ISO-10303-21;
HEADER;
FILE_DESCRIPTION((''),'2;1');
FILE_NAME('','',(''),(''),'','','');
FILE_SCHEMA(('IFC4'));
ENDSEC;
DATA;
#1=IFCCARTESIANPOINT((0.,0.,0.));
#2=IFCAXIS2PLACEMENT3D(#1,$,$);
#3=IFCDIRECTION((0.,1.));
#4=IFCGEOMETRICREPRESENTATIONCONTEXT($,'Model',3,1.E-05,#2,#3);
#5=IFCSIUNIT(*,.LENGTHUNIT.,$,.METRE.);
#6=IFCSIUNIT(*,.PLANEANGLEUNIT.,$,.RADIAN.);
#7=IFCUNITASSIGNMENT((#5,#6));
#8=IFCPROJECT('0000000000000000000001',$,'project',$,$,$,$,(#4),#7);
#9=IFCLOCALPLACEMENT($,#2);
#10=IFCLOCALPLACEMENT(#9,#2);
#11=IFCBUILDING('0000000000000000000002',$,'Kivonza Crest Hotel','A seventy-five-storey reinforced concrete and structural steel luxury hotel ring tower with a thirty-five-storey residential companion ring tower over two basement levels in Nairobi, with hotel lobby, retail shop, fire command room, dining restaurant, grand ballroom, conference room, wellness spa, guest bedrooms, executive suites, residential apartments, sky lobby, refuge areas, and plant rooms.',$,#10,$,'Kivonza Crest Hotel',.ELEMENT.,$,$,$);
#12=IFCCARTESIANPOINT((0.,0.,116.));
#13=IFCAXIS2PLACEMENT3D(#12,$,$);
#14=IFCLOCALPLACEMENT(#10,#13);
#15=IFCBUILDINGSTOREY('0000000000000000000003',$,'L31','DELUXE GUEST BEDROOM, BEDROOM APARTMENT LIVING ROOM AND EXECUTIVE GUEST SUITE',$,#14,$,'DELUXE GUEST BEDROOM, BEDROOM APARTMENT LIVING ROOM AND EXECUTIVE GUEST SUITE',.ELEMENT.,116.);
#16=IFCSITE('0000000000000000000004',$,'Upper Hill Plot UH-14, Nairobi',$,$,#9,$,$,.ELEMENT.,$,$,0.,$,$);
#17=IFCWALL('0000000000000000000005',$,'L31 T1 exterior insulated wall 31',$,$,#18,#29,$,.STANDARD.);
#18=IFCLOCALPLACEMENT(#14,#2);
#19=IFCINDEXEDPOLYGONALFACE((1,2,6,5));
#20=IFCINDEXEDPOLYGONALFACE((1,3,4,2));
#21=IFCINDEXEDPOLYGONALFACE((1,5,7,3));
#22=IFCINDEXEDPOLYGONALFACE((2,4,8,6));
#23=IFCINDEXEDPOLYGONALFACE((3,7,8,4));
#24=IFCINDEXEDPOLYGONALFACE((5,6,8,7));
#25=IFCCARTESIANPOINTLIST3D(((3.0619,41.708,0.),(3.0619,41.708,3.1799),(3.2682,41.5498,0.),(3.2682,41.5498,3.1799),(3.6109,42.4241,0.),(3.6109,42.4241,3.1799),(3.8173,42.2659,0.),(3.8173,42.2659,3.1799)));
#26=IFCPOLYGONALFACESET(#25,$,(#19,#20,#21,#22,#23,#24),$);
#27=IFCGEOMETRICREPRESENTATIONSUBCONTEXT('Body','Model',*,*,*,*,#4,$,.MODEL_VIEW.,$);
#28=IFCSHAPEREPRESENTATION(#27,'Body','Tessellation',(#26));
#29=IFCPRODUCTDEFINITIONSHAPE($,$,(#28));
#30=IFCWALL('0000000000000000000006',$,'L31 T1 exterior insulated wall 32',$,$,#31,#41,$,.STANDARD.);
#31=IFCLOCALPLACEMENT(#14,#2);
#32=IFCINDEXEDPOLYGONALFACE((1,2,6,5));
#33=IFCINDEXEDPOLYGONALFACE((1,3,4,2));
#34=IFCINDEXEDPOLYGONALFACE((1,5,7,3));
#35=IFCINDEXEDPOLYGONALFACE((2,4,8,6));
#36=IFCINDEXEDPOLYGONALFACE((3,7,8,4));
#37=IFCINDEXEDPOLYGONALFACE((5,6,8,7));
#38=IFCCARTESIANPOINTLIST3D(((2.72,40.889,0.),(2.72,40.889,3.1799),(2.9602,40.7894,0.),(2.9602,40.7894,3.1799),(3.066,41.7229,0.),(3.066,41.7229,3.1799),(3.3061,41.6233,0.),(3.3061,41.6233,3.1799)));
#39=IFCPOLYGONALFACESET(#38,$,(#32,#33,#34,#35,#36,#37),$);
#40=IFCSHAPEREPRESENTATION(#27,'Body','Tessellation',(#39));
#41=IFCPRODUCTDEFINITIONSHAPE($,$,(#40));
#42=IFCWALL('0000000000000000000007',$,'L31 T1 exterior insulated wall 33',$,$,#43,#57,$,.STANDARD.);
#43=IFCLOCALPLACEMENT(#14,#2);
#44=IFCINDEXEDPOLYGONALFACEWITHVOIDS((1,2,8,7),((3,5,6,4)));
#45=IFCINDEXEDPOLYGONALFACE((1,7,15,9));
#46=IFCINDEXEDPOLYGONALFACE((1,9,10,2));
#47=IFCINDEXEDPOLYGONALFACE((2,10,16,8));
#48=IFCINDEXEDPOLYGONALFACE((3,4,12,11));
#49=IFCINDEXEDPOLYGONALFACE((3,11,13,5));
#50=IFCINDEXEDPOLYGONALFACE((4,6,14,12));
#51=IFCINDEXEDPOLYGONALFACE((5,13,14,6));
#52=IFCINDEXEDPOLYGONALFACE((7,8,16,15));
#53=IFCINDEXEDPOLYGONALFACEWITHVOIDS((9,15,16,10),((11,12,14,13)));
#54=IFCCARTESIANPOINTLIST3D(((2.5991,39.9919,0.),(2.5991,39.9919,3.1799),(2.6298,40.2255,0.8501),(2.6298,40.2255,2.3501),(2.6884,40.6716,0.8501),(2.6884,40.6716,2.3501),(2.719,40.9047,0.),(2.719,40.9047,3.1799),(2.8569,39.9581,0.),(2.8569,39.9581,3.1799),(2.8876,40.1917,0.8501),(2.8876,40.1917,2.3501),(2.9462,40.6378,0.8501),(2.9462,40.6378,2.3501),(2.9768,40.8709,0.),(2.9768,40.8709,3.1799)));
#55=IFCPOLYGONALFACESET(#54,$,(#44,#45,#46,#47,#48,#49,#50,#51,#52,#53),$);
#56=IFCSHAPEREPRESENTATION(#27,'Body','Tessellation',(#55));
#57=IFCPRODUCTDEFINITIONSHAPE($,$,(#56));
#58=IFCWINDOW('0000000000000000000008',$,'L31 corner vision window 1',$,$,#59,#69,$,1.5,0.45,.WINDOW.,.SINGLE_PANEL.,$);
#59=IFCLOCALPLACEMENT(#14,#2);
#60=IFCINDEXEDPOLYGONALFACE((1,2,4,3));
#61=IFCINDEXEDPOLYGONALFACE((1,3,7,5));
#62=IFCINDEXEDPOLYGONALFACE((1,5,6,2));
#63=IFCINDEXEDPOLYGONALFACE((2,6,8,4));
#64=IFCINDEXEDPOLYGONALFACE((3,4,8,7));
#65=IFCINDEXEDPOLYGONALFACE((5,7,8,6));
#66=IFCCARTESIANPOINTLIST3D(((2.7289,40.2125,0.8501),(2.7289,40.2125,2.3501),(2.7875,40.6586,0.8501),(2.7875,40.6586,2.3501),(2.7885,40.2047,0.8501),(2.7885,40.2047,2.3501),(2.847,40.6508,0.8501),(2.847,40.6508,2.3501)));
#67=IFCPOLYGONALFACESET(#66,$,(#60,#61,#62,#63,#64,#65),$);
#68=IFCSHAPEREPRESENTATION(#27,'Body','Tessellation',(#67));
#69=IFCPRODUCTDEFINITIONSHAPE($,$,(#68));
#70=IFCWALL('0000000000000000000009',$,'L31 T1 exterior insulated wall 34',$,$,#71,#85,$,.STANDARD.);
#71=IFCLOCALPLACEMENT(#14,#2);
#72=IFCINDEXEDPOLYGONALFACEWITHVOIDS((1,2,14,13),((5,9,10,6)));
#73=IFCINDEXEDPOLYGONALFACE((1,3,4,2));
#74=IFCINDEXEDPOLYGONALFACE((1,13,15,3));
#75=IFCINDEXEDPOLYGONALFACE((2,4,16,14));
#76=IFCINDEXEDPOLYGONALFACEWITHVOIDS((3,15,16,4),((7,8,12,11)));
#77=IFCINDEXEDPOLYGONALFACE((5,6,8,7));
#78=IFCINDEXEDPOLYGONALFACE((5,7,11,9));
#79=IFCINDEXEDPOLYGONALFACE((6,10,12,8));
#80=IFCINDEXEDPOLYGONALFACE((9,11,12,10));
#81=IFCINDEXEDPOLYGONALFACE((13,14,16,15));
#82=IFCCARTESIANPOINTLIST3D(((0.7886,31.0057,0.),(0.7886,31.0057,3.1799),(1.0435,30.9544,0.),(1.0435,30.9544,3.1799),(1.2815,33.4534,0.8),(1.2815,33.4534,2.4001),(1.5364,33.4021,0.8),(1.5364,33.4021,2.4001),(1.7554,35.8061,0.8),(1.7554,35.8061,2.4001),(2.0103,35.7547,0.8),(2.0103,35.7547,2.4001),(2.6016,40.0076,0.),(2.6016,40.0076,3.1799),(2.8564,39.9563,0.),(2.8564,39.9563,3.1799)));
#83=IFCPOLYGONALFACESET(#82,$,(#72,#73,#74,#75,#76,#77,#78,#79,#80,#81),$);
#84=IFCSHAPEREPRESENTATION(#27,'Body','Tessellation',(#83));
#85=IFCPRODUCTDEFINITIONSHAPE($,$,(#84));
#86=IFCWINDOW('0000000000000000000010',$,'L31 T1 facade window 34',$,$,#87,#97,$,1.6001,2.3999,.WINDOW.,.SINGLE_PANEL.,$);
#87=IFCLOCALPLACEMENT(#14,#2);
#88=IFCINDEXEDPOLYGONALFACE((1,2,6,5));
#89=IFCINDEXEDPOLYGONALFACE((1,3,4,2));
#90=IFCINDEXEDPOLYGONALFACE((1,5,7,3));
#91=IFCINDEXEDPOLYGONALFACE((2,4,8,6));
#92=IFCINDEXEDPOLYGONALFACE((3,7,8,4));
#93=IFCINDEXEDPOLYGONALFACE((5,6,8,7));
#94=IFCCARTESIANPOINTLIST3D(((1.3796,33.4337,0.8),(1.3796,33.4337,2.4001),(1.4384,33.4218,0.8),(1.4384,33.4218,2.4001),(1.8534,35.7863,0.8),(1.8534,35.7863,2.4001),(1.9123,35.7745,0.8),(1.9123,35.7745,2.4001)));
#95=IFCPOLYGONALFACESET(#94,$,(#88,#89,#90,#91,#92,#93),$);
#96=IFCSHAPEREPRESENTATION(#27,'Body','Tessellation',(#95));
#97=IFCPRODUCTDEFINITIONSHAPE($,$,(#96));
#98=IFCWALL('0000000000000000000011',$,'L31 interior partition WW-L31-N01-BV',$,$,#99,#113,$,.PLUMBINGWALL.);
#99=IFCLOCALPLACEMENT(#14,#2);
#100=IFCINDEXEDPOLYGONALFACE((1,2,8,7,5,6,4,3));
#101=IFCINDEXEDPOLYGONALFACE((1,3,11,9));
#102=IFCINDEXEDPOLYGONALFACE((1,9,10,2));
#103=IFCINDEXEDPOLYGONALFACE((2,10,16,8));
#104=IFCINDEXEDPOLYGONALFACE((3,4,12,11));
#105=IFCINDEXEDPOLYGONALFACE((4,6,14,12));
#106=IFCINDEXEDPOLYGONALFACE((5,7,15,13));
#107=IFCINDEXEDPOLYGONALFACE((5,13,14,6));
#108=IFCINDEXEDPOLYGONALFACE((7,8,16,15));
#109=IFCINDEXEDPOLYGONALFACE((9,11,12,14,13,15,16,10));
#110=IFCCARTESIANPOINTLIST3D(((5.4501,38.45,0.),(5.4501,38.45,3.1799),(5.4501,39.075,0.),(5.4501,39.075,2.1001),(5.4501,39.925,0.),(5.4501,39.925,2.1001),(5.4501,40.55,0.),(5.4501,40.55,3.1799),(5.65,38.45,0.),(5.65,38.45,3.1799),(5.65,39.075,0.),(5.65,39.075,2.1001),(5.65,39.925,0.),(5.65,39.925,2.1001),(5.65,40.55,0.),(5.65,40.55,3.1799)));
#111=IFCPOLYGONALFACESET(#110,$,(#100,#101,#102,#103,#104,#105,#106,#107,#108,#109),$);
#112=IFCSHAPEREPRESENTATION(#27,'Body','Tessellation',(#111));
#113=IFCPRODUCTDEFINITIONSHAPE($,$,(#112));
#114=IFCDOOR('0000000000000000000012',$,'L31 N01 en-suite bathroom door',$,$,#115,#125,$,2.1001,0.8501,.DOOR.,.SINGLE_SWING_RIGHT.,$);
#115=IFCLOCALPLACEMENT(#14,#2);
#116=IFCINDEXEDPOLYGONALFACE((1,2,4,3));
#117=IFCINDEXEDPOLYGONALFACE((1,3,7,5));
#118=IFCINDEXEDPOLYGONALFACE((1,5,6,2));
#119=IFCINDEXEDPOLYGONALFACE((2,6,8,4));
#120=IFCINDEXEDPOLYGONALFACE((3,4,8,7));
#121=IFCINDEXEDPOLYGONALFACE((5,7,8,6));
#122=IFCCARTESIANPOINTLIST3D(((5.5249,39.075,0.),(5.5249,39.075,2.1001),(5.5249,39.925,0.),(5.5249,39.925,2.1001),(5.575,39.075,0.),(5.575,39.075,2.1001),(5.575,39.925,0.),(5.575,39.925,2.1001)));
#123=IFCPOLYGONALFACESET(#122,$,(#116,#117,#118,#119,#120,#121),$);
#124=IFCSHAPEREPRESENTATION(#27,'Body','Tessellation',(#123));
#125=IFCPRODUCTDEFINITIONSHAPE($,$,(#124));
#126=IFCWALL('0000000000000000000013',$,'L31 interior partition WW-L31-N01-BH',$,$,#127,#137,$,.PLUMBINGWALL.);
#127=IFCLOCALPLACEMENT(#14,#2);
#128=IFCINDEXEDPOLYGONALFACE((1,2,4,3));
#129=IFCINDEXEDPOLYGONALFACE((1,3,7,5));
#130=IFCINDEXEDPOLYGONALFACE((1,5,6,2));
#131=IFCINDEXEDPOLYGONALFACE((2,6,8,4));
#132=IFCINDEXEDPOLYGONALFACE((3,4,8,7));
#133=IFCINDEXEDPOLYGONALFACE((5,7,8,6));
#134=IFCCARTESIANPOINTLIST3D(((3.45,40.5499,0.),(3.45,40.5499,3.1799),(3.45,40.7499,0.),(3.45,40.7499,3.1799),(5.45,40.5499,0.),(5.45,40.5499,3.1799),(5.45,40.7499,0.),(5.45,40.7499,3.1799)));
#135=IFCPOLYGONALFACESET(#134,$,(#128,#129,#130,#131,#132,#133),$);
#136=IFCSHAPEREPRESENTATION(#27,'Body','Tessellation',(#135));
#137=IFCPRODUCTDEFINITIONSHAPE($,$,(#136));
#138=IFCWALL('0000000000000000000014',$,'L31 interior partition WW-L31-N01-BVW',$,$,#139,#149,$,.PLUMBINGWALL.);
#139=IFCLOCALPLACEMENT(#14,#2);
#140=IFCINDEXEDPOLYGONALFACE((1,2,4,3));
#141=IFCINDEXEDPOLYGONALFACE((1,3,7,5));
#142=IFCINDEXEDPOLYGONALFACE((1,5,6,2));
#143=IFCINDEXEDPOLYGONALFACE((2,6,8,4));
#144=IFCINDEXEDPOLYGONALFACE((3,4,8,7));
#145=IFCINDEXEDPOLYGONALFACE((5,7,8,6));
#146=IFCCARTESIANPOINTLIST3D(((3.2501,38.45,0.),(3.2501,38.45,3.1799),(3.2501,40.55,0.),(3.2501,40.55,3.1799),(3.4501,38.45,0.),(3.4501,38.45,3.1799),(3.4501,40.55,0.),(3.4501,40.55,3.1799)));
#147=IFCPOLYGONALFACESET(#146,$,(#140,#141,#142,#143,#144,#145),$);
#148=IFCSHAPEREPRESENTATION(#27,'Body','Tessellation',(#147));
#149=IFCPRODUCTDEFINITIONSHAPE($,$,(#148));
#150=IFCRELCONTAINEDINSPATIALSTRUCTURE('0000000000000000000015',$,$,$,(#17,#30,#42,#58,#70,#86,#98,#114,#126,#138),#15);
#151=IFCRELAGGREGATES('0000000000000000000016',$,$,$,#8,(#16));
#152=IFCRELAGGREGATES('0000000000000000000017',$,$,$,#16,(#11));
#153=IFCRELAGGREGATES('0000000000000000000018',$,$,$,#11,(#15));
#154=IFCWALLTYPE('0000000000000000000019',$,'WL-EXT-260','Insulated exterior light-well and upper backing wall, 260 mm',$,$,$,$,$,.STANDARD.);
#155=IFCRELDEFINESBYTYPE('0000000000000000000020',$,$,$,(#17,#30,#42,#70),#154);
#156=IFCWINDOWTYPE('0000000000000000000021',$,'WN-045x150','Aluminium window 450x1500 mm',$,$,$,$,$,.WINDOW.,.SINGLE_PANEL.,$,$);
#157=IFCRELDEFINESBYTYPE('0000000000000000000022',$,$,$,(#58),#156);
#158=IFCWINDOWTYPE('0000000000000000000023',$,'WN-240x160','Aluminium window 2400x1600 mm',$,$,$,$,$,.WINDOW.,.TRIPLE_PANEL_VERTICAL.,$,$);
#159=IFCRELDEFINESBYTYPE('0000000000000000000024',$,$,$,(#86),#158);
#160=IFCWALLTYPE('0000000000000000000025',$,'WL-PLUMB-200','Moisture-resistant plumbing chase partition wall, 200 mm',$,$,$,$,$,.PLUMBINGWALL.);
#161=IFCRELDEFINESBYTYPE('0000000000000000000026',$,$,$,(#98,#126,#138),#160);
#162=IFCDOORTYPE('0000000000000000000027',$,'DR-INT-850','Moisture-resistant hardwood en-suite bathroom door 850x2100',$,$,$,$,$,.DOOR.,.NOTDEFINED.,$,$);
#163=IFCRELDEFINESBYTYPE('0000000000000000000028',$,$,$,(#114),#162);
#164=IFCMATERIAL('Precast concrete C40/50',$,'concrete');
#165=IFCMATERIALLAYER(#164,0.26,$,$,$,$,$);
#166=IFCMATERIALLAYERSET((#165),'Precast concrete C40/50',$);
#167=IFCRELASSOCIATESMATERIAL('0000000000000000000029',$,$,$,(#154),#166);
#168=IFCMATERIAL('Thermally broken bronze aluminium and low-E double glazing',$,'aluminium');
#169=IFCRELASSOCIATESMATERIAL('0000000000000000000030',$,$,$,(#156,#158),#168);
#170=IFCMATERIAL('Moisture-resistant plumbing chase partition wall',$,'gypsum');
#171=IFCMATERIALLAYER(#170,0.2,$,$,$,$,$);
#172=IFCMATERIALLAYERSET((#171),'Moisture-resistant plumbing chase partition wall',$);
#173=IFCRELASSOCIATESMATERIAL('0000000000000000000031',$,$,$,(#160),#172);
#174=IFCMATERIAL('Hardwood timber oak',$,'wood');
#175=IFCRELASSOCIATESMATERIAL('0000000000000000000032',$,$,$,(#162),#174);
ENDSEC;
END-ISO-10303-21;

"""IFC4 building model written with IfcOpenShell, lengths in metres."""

from ifc_helpers import new_model, si_unit, direction, frame, frame_2d, origin, place, context, subcontext, project, spatial, rectangle, extrude, material, layer, layer_set, type_object, element, fill, save


model = new_model("IFC4")

# Units and contexts
model_context = context("Model", 3, precision=1e-05, world=origin(), true_north=direction((0.0, 1.0)))
body_context = subcontext(model_context, "Body", "Model", "MODEL_VIEW")
ifc_project = project(units=[si_unit("LENGTHUNIT", "METRE"), si_unit("PLANEANGLEUNIT", "RADIAN")], contexts=[model_context])

# Site, building, storey
site_placement = place(None, origin())
site = spatial("IfcSite", under=ifc_project, at=site_placement, Name="Upper Hill Plot UH-14, Nairobi", CompositionType="ELEMENT", RefElevation=0.0)
building_placement = place(site_placement, origin())
building = spatial("IfcBuilding", under=site, at=building_placement, Name="Kivonza Crest Hotel", Description="A seventy-five-storey reinforced concrete and structural steel luxury hotel ring tower with a thirty-five-storey residential companion ring tower over two basement levels in Nairobi, with hotel lobby, retail shop, fire command room, dining restaurant, grand ballroom, conference room, wellness spa, guest bedrooms, executive suites, residential apartments, sky lobby, refuge areas, and plant rooms.", LongName="Kivonza Crest Hotel", CompositionType="ELEMENT")
storey_placement = place(building_placement, frame((0.0, 0.0, 116.0)))
storey = spatial("IfcBuildingStorey", under=building, at=storey_placement, Name="L31", Description="DELUXE GUEST BEDROOM, BEDROOM APARTMENT LIVING ROOM AND EXECUTIVE GUEST SUITE", LongName="DELUXE GUEST BEDROOM, BEDROOM APARTMENT LIVING ROOM AND EXECUTIVE GUEST SUITE", CompositionType="ELEMENT", Elevation=116.0)

# Shared definitions
ifc_material_1 = material(Name="Hardwood timber oak", Category="wood")

# Walls
ifc_material_2 = material(Name="Precast concrete C40/50", Category="concrete")
ifc_layer_1 = layer(ifc_material_2, 0.26)
ifc_layer_set_1 = layer_set([ifc_layer_1], Name="Precast concrete C40/50")
wall_type_1 = type_object("IfcWallType", Name="WL-EXT-260", Description="Insulated exterior light-well and upper backing wall, 260 mm", PredefinedType="STANDARD", material=ifc_layer_set_1)
wall_1_placement = place(storey_placement, frame((3.7141, 42.345, 0.0), z_axis=(0.0, 0.0, 1.0), x_axis=(-0.608494, -0.793558, 0.0)))
element("IfcWall", 1, at=wall_1_placement, inside=storey, type_object=wall_type_1, Name="L31 T1 exterior insulated wall 31", PredefinedType="STANDARD", context=body_context, shape_type="SweptSolid", body=[
    extrude(rectangle(XDim=0.9023, YDim=0.26, at=frame_2d((0.4512, 0.0))), origin(), (0.0, 0.0, 1.0), 3.1799),
])
wall_2_placement = place(storey_placement, frame((3.186, 41.6731, 0.0), z_axis=(0.0, 0.0, 1.0), x_axis=(-0.383156, -0.923684, 0.0)))
element("IfcWall", 2, at=wall_2_placement, inside=storey, type_object=wall_type_1, Name="L31 T1 exterior insulated wall 32", PredefinedType="STANDARD", context=body_context, shape_type="SweptSolid", body=[
    extrude(rectangle(XDim=0.9028, YDim=0.26, at=frame_2d((0.4514, 0.0))), origin(), (0.0, 0.0, 1.0), 3.1799),
])

# Walls, openings, windows
wall_3_placement = place(storey_placement, frame((2.8479, 40.8879, 0.0), z_axis=(0.0, 0.0, 1.0), x_axis=(-0.130201, -0.991488, 0.0)))
wall_3 = element("IfcWall", 3, at=wall_3_placement, inside=storey, type_object=wall_type_1, Name="L31 T1 exterior insulated wall 33", PredefinedType="STANDARD", context=body_context, shape_type="SweptSolid", body=[
    extrude(rectangle(XDim=0.9207, YDim=0.26, at=frame_2d((0.4604, 0.0))), origin(), (0.0, 0.0, 1.0), 3.1799),
])
opening_1_placement = place(wall_3_placement, frame((0.2351, 0.0, 0.8501)))
opening_1 = element("IfcOpeningElement", 4, at=opening_1_placement, cuts=wall_3, PredefinedType="OPENING", context=body_context, shape_type="SweptSolid", body=[
    extrude(rectangle(XDim=0.45, YDim=1.5, at=frame_2d((0.2251, 0.75))), frame((0.0, 0.1401, 0.0), z_axis=(0.0, -1.0, 0.0), x_axis=(1.0, 0.0, 0.0)), (0.0, 0.0, 1.0), 0.28),
])
ifc_material_3 = material(Name="Thermally broken bronze aluminium and low-E double glazing", Category="aluminium")
window_type_1 = type_object("IfcWindowType", Name="WN-045x150", Description="Aluminium window 450x1500 mm", PartitioningType="SINGLE_PANEL", PredefinedType="WINDOW", material=ifc_material_3)
window_1_placement = place(opening_1_placement, origin())
window_1 = element("IfcWindow", 5, at=window_1_placement, inside=storey, type_object=window_type_1, Name="L31 corner vision window 1", OverallHeight=1.5, OverallWidth=0.45, PartitioningType="SINGLE_PANEL", PredefinedType="WINDOW", context=body_context, shape_type="SweptSolid", body=[
    extrude(rectangle(XDim=0.45, YDim=1.5, at=frame_2d((0.2251, 0.75))), frame((0.0, 0.03, 0.0), z_axis=(0.0, -1.0, 0.0), x_axis=(1.0, 0.0, 0.0)), (0.0, 0.0, 1.0), 0.0601),
])
fill(opening_1, window_1)
wall_4_placement = place(storey_placement, frame((2.729, 39.9819, 0.0), z_axis=(0.0, 0.0, 1.0), x_axis=(-0.197435, -0.980316, 0.0)))
wall_4 = element("IfcWall", 6, at=wall_4_placement, inside=storey, type_object=wall_type_1, Name="L31 T1 exterior insulated wall 34", PredefinedType="STANDARD", context=body_context, shape_type="SweptSolid", body=[
    extrude(rectangle(XDim=9.1826, YDim=0.26, at=frame_2d((4.5913, 0.0))), origin(), (0.0, 0.0, 1.0), 3.1799),
])
opening_2_placement = place(wall_4_placement, frame((4.2859, 0.0, 0.8)))
opening_2 = element("IfcOpeningElement", 7, at=opening_2_placement, cuts=wall_4, PredefinedType="OPENING", context=body_context, shape_type="SweptSolid", body=[
    extrude(rectangle(XDim=2.3999, YDim=1.6001, at=frame_2d((1.2, 0.8))), frame((0.0, 0.1401, 0.0), z_axis=(0.0, -1.0, 0.0), x_axis=(1.0, 0.0, 0.0)), (0.0, 0.0, 1.0), 0.28),
])
window_type_2 = type_object("IfcWindowType", Name="WN-240x160", Description="Aluminium window 2400x1600 mm", PartitioningType="TRIPLE_PANEL_VERTICAL", PredefinedType="WINDOW", material=ifc_material_3)
window_2_placement = place(opening_2_placement, origin())
window_2 = element("IfcWindow", 8, at=window_2_placement, inside=storey, type_object=window_type_2, Name="L31 T1 facade window 34", OverallHeight=1.6001, OverallWidth=2.3999, PartitioningType="SINGLE_PANEL", PredefinedType="WINDOW", context=body_context, shape_type="SweptSolid", body=[
    extrude(rectangle(XDim=2.3999, YDim=1.6001, at=frame_2d((1.2, 0.8))), frame((0.0, 0.03, 0.0), z_axis=(0.0, -1.0, 0.0), x_axis=(1.0, 0.0, 0.0)), (0.0, 0.0, 1.0), 0.0601),
])
fill(opening_2, window_2)

# Wall, opening, door
ifc_material_4 = material(Name="Moisture-resistant plumbing chase partition wall", Category="gypsum")
ifc_layer_2 = layer(ifc_material_4, 0.2)
ifc_layer_set_2 = layer_set([ifc_layer_2], Name="Moisture-resistant plumbing chase partition wall")
wall_type_2 = type_object("IfcWallType", Name="WL-PLUMB-200", Description="Moisture-resistant plumbing chase partition wall, 200 mm", PredefinedType="PLUMBINGWALL", material=ifc_layer_set_2)
wall_5_placement = place(storey_placement, frame((5.55, 38.45, 0.0), z_axis=(0.0, 0.0, 1.0), x_axis=(0.0, 1.0, 0.0)))
wall_5 = element("IfcWall", 9, at=wall_5_placement, inside=storey, type_object=wall_type_2, Name="L31 interior partition WW-L31-N01-BV", PredefinedType="PLUMBINGWALL", context=body_context, shape_type="SweptSolid", body=[
    extrude(rectangle(XDim=2.1001, YDim=0.2, at=frame_2d((1.05, 0.0))), origin(), (0.0, 0.0, 1.0), 3.1799),
])
opening_3_placement = place(wall_5_placement, frame((0.625, 0.0, 0.0)))
opening_3 = element("IfcOpeningElement", 10, at=opening_3_placement, cuts=wall_5, PredefinedType="OPENING", context=body_context, shape_type="SweptSolid", body=[
    extrude(rectangle(XDim=0.8501, YDim=2.1001, at=frame_2d((0.425, 1.05))), frame((0.0, 0.1099, 0.0), z_axis=(0.0, -1.0, 0.0), x_axis=(1.0, 0.0, 0.0)), (0.0, 0.0, 1.0), 0.22),
])
door_type_1 = type_object("IfcDoorType", Name="DR-INT-850", Description="Moisture-resistant hardwood en-suite bathroom door 850x2100", OperationType="NOTDEFINED", PredefinedType="DOOR", material=ifc_material_1)
door_1_placement = place(opening_3_placement, frame((0.8501, 0.0, 0.0), z_axis=(0.0, 0.0, 1.0), x_axis=(-1.0, 0.0, 0.0)))
door_1 = element("IfcDoor", 11, at=door_1_placement, inside=storey, type_object=door_type_1, Name="L31 N01 en-suite bathroom door", OperationType="SINGLE_SWING_RIGHT", OverallHeight=2.1001, OverallWidth=0.8501, PredefinedType="DOOR", context=body_context, shape_type="SweptSolid", body=[
    extrude(rectangle(XDim=0.8501, YDim=2.1001, at=frame_2d((0.425, 1.05))), frame((0.0, 0.0249, 0.0), z_axis=(0.0, -1.0, 0.0), x_axis=(1.0, 0.0, 0.0)), (0.0, 0.0, 1.0), 0.05),
])
fill(opening_3, door_1)

# Walls
wall_6_placement = place(storey_placement, frame((3.45, 40.6499, 0.0), z_axis=(0.0, 0.0, 1.0), x_axis=(1.0, 0.0, 0.0)))
element("IfcWall", 12, at=wall_6_placement, inside=storey, type_object=wall_type_2, Name="L31 interior partition WW-L31-N01-BH", PredefinedType="PLUMBINGWALL", context=body_context, shape_type="SweptSolid", body=[
    extrude(rectangle(XDim=2.0, YDim=0.2, at=frame_2d((1.0, 0.0))), origin(), (0.0, 0.0, 1.0), 3.1799),
])
wall_7_placement = place(storey_placement, frame((3.3501, 38.45, 0.0), z_axis=(0.0, 0.0, 1.0), x_axis=(0.0, 1.0, 0.0)))
element("IfcWall", 13, at=wall_7_placement, inside=storey, type_object=wall_type_2, Name="L31 interior partition WW-L31-N01-BVW", PredefinedType="PLUMBINGWALL", context=body_context, shape_type="SweptSolid", body=[
    extrude(rectangle(XDim=2.1001, YDim=0.2, at=frame_2d((1.05, 0.0))), origin(), (0.0, 0.0, 1.0), 3.1799),
])

save(model, "model.ifc")
